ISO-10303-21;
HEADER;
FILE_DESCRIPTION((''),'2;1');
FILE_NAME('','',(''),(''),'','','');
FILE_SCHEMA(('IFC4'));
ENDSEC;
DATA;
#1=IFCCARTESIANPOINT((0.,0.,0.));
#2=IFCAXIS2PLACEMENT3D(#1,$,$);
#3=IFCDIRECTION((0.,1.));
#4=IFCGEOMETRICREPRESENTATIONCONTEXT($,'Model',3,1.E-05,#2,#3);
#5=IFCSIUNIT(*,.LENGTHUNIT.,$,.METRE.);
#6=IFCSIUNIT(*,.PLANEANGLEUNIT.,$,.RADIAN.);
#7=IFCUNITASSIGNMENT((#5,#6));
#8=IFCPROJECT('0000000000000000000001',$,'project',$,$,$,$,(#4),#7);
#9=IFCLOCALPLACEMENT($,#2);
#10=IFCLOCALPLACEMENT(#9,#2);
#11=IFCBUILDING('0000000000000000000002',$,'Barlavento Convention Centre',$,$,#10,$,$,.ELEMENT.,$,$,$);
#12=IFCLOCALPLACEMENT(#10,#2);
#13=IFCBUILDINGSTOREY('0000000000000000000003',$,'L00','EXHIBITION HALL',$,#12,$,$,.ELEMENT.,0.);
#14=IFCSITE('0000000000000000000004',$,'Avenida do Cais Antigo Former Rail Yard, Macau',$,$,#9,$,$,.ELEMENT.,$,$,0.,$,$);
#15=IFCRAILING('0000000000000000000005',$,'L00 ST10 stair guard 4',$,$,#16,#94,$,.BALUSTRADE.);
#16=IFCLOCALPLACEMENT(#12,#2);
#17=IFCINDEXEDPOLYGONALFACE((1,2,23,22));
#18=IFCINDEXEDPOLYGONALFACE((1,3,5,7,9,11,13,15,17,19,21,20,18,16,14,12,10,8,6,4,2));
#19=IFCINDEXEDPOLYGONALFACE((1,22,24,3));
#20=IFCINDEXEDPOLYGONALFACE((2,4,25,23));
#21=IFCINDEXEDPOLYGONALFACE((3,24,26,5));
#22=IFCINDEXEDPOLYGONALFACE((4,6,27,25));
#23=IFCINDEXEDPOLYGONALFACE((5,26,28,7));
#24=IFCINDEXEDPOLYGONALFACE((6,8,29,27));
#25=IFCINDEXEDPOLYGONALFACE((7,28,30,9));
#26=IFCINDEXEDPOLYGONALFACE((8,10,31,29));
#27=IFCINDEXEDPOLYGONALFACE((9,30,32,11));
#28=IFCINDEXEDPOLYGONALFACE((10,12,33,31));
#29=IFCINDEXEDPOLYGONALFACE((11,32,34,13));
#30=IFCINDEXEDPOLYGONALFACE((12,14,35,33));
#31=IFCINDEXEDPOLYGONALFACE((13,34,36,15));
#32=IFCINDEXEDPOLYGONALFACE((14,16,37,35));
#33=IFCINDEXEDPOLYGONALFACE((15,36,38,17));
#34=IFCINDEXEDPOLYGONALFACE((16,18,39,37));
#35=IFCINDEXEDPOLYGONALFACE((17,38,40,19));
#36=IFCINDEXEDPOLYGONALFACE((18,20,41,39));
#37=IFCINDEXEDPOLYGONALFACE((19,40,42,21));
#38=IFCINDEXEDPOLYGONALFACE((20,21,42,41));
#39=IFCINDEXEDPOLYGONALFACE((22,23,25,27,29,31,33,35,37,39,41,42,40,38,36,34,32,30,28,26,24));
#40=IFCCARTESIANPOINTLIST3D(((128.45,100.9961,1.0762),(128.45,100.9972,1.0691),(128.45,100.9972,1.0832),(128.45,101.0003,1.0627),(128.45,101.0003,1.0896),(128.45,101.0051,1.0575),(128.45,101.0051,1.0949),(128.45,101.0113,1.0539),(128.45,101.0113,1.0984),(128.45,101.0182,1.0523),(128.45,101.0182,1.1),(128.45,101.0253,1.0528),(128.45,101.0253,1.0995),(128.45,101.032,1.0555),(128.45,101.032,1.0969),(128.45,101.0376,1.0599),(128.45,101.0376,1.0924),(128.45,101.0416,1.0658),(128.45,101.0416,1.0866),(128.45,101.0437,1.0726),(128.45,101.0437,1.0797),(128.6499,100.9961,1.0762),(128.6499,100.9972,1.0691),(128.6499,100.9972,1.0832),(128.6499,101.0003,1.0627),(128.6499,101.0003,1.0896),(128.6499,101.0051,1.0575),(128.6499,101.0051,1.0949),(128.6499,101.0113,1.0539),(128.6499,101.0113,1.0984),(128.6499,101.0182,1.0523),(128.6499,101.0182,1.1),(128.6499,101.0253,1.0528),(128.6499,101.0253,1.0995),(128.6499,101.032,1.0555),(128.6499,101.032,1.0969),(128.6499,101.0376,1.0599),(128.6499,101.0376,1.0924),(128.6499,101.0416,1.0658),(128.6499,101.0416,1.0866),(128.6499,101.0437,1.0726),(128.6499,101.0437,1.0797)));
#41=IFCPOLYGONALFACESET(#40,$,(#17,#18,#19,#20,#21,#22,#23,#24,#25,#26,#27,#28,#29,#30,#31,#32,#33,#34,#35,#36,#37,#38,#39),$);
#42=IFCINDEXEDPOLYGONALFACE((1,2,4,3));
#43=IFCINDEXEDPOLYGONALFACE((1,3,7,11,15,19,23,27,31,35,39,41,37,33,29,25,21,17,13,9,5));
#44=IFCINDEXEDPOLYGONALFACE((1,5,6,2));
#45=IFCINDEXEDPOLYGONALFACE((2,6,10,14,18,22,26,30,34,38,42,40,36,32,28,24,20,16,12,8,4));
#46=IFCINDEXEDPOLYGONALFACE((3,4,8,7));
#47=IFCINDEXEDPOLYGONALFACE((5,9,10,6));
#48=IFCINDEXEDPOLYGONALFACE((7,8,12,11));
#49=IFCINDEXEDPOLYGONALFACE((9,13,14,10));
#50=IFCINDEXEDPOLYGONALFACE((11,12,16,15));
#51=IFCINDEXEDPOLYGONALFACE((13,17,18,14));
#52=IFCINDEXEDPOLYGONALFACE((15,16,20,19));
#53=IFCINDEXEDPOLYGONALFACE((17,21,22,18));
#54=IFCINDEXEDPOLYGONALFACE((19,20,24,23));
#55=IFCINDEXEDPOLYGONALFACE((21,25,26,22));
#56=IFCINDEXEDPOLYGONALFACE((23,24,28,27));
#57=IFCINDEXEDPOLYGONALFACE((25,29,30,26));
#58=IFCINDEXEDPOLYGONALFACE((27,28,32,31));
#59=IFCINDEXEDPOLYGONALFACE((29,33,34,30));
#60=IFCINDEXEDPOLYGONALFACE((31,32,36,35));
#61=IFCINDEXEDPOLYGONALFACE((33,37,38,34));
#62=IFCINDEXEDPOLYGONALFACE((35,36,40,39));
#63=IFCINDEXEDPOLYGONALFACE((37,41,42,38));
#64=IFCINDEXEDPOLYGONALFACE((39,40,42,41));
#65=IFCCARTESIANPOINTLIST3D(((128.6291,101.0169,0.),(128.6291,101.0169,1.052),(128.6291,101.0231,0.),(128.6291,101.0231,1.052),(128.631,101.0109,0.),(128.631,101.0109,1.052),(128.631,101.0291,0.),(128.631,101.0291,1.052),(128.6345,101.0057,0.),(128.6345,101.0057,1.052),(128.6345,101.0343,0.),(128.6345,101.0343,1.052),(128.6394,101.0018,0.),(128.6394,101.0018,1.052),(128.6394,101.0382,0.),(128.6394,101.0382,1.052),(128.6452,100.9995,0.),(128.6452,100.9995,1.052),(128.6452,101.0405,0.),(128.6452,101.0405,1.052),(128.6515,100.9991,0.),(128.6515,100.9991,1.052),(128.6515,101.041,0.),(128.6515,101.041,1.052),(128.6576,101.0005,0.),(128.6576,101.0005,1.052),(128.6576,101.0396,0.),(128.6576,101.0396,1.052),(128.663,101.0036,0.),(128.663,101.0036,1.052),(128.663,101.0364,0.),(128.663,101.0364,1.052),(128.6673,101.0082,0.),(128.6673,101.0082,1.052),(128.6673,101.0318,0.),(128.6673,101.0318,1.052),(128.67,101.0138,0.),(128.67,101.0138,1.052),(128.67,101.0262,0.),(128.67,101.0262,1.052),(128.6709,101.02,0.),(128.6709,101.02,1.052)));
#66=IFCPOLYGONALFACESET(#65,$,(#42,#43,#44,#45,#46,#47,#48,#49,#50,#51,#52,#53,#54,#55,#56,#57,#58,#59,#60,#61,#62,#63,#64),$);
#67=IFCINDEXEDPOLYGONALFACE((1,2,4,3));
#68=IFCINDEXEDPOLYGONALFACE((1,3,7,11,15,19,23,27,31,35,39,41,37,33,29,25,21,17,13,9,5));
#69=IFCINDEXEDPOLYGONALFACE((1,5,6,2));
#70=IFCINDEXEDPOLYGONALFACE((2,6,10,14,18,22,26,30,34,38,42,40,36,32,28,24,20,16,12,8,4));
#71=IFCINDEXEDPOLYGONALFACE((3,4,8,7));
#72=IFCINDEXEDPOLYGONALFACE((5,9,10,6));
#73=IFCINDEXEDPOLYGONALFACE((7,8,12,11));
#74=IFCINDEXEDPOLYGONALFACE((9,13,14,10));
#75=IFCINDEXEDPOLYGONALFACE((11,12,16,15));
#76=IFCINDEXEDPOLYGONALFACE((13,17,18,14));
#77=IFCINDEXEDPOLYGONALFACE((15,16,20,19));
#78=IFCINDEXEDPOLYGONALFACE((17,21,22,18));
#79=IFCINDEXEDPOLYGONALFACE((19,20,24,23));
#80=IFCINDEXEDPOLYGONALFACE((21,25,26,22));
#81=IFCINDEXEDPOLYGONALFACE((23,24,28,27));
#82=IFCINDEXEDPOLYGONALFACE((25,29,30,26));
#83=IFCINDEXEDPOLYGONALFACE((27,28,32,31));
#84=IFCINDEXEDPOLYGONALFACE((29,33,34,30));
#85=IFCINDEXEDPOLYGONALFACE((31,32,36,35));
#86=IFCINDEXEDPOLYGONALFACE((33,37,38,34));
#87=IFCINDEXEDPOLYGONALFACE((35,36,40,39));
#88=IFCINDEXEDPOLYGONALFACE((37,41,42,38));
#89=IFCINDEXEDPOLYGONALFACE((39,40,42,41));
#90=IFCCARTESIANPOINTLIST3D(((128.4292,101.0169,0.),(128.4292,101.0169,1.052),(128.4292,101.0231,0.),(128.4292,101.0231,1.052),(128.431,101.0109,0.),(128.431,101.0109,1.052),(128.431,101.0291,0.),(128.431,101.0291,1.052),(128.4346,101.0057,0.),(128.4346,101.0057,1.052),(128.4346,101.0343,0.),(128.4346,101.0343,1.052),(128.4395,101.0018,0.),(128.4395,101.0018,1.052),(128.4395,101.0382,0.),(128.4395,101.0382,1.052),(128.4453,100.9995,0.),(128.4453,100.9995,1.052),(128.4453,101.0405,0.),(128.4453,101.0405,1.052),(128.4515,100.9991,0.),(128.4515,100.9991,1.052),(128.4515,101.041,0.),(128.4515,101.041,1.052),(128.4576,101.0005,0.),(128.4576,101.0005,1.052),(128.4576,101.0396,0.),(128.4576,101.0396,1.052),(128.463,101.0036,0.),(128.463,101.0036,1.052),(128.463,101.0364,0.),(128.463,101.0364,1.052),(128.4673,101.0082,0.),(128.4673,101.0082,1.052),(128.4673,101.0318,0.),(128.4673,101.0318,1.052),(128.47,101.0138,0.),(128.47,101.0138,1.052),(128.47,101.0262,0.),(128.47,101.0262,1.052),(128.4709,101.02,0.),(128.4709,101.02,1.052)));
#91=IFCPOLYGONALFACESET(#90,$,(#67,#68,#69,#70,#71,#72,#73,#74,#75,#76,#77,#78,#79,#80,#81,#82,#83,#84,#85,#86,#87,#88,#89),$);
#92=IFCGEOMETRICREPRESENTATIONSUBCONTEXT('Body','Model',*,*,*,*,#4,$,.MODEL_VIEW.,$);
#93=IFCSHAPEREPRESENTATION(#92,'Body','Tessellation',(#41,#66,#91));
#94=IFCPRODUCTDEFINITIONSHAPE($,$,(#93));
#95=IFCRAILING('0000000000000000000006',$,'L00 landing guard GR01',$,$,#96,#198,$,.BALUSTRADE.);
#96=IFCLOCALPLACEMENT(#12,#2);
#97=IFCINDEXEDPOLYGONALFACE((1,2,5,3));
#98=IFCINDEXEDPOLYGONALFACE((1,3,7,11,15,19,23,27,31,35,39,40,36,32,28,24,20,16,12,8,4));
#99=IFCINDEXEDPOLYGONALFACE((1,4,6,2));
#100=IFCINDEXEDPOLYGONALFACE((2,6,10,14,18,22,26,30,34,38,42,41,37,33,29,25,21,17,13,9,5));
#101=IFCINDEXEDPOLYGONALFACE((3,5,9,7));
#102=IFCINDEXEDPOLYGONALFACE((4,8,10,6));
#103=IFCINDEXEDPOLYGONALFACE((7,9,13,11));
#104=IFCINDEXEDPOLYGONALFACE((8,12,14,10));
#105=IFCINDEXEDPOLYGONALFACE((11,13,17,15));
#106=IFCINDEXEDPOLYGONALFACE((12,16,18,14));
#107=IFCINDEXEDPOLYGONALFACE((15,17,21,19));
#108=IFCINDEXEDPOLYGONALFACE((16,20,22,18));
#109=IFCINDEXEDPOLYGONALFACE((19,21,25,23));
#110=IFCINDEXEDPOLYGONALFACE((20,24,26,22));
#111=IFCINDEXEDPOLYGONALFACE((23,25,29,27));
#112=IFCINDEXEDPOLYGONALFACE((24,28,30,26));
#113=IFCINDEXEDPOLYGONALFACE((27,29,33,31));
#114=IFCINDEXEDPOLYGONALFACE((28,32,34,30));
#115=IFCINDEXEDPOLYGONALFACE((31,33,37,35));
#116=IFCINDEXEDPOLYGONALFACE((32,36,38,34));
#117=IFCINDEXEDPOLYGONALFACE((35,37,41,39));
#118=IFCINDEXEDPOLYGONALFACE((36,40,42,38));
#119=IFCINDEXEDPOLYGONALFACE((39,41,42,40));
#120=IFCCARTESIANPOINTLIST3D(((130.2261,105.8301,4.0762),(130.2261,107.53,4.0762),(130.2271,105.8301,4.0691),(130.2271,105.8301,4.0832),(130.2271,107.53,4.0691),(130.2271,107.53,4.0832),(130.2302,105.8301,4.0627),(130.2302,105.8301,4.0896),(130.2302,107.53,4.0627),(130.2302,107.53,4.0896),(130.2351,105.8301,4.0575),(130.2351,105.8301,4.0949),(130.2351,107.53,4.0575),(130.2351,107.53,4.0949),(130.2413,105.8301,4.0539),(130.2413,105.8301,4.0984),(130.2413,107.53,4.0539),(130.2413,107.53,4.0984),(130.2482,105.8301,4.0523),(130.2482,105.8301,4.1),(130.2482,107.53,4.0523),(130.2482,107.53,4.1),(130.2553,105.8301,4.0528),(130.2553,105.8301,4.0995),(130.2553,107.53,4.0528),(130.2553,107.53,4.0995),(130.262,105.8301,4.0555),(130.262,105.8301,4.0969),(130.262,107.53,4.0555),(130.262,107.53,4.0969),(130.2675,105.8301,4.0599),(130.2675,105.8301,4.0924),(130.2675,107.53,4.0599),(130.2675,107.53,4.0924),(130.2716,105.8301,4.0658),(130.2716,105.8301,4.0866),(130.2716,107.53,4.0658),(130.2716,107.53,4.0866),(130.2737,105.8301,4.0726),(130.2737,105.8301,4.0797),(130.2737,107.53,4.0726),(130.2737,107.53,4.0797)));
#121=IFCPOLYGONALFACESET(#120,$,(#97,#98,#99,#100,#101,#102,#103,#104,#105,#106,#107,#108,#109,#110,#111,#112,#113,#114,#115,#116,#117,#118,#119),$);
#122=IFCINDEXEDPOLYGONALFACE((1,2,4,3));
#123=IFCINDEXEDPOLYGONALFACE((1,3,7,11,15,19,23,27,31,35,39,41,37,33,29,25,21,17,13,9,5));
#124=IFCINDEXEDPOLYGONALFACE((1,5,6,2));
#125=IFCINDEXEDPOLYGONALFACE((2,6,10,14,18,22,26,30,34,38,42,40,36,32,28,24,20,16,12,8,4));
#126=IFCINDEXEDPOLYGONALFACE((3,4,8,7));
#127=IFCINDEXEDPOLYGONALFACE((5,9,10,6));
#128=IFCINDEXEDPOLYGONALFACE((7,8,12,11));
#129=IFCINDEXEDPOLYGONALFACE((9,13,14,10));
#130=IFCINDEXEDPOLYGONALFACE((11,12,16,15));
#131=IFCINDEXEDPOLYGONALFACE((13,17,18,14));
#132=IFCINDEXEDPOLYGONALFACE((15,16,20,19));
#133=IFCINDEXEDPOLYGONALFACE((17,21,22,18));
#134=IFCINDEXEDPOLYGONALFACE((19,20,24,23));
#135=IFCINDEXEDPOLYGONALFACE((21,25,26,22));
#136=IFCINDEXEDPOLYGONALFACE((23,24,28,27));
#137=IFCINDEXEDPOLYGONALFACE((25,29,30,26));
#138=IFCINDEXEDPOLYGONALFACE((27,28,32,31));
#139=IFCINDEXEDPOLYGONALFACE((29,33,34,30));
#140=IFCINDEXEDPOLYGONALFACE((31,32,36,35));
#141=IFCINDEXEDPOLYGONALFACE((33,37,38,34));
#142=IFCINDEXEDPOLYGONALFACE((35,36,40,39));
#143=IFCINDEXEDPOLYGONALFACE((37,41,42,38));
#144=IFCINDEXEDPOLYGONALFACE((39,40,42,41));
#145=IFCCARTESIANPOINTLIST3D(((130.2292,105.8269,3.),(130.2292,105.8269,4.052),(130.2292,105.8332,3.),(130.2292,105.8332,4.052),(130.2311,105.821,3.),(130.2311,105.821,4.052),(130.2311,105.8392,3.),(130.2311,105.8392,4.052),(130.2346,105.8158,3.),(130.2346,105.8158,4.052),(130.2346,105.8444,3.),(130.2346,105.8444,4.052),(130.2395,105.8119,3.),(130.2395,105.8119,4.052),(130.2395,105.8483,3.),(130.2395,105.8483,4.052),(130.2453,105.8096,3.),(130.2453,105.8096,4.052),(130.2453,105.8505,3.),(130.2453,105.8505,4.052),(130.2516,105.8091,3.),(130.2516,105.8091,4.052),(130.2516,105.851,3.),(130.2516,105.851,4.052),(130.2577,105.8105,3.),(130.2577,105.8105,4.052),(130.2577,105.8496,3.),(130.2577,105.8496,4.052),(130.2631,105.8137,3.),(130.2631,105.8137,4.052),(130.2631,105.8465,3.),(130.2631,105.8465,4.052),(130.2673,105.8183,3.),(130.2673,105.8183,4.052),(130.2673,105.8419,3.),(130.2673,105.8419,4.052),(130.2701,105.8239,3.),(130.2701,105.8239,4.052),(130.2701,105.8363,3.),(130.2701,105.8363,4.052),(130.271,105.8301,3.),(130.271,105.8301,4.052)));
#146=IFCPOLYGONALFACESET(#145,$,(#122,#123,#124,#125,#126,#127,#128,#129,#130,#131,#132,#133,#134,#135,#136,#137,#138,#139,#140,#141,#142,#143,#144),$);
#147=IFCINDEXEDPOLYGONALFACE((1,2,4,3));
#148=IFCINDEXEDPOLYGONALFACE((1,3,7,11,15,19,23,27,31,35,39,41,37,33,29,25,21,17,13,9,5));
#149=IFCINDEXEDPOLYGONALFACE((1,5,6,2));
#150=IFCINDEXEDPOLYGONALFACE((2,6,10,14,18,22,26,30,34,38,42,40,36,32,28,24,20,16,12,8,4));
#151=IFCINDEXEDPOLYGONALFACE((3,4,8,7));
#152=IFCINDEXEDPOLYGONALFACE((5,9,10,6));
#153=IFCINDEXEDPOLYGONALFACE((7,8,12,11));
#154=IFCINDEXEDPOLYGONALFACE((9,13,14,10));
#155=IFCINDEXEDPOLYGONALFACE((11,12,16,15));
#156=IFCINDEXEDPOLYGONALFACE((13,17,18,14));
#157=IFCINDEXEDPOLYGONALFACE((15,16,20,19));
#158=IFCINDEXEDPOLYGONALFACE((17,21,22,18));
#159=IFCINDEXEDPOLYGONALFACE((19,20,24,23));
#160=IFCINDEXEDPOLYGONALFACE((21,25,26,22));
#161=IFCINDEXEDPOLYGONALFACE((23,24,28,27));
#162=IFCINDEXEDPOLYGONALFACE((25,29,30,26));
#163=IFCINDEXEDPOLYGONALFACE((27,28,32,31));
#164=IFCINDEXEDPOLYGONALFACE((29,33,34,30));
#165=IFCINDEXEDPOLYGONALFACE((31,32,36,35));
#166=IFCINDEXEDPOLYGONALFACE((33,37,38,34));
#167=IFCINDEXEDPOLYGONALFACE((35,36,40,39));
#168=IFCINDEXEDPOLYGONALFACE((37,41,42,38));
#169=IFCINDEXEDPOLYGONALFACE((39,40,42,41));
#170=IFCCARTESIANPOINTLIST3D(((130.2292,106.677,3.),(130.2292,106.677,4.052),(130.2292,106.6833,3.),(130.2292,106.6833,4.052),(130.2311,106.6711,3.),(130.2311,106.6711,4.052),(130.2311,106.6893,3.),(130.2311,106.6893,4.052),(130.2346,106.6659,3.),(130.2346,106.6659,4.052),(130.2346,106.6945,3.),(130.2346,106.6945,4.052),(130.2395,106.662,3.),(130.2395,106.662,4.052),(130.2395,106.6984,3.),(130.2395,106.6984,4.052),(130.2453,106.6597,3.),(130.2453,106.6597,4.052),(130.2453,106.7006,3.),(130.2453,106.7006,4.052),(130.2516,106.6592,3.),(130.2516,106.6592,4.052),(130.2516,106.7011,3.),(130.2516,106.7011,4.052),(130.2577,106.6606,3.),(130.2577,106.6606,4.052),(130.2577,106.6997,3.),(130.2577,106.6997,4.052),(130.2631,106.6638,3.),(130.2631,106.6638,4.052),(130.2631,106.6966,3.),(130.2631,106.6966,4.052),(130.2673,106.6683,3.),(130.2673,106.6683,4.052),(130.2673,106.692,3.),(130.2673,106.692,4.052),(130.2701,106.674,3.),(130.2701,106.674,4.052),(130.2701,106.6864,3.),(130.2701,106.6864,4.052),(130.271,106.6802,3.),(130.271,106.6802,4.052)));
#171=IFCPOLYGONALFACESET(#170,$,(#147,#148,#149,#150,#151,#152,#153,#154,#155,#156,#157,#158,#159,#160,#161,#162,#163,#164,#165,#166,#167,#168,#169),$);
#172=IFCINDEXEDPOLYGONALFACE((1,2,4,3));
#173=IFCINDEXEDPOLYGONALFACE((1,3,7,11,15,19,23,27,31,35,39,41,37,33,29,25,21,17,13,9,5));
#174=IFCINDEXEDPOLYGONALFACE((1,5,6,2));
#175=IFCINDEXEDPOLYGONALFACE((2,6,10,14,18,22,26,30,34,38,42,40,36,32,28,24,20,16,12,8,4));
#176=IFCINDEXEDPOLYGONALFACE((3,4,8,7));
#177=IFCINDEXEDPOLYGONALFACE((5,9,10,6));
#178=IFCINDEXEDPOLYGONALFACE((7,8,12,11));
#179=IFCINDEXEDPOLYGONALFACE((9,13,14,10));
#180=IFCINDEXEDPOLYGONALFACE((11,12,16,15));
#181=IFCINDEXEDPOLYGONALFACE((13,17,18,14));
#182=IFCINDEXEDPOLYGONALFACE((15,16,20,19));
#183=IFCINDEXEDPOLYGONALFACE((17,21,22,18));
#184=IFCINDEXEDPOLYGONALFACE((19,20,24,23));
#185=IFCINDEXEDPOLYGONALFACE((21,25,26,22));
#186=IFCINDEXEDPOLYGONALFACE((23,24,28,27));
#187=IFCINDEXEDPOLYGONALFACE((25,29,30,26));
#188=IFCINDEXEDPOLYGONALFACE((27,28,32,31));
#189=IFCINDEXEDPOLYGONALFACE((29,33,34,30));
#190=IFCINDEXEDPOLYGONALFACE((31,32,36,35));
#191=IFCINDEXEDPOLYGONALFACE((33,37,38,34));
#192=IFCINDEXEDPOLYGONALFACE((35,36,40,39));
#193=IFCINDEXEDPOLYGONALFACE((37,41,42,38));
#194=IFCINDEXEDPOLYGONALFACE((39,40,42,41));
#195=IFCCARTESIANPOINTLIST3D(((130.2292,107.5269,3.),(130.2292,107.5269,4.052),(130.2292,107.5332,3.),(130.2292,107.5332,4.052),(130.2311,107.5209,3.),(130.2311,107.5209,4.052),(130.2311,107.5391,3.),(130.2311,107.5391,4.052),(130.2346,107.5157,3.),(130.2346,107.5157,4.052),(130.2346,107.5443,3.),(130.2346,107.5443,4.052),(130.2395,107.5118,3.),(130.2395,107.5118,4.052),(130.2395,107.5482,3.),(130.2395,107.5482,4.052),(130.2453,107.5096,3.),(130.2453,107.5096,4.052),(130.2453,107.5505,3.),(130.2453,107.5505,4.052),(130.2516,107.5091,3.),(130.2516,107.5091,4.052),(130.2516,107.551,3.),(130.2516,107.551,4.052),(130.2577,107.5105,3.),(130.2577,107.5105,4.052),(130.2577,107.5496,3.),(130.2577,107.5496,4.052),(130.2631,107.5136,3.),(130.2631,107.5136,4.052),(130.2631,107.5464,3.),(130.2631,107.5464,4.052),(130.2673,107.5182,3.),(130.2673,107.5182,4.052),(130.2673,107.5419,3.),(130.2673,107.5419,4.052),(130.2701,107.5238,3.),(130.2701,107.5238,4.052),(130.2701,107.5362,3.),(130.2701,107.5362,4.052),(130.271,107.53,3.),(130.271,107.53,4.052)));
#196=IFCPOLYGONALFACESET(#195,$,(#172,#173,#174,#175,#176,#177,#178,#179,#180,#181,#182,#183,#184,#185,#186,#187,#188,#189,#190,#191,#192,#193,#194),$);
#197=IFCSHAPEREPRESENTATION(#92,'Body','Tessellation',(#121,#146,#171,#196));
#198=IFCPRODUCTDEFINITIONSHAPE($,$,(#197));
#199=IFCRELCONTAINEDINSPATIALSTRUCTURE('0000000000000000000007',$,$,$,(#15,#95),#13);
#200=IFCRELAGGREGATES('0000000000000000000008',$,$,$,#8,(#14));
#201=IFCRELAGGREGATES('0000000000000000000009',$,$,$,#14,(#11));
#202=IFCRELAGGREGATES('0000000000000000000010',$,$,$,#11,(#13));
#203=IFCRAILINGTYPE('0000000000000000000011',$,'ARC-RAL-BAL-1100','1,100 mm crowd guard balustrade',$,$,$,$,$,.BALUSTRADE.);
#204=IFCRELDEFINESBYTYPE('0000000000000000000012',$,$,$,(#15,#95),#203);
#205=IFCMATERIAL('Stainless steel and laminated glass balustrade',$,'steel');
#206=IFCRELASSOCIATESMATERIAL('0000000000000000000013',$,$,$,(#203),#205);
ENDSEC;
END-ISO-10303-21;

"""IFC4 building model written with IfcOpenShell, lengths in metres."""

from ifc_helpers import new_model, si_unit, direction, frame, origin, origin_2d, place, context, subcontext, project, spatial, circle, extrude, material, type_object, element, save


model = new_model("IFC4")

# Units and contexts
model_context = context("Model", 3, precision=1e-05, world=origin(), true_north=direction((0.0, 1.0)))
body_context = subcontext(model_context, "Body", "Model", "MODEL_VIEW")
ifc_project = project(units=[si_unit("LENGTHUNIT", "METRE"), si_unit("PLANEANGLEUNIT", "RADIAN")], contexts=[model_context])

# Site, building, storey
site_placement = place(None, origin())
site = spatial("IfcSite", under=ifc_project, at=site_placement, Name="Avenida do Cais Antigo Former Rail Yard, Macau", CompositionType="ELEMENT", RefElevation=0.0)
building_placement = place(site_placement, origin())
building = spatial("IfcBuilding", under=site, at=building_placement, Name="Barlavento Convention Centre", CompositionType="ELEMENT")
storey_placement = place(building_placement, origin())
storey = spatial("IfcBuildingStorey", under=building, at=storey_placement, Name="L00", Description="EXHIBITION HALL", CompositionType="ELEMENT", Elevation=0.0)

# Railings
ifc_material_1 = material(Name="Stainless steel and laminated glass balustrade", Category="steel")
railing_type_1 = type_object("IfcRailingType", Name="ARC-RAL-BAL-1100", Description="1,100 mm crowd guard balustrade", PredefinedType="BALUSTRADE", material=ifc_material_1)
railing_1_placement = place(storey_placement, frame((128.6499, 101.02, 0.0)))
element("IfcRailing", 1, at=railing_1_placement, inside=storey, type_object=railing_type_1, Name="L00 ST10 stair guard 4", PredefinedType="BALUSTRADE", context=body_context, shape_type="SweptSolid", body=[
    extrude(circle(Radius=0.0239, at=origin_2d()), frame((0.0, 0.0, 1.0762), z_axis=(-1.0, 0.0, 0.0), x_axis=(0.0, -1.0, 0.0)), (0.0, 0.0, 1.0), 0.2),
    extrude(circle(Radius=0.021, at=origin_2d()), origin(), (0.0, 0.0, 1.0), 1.052),
    extrude(circle(Radius=0.021, at=origin_2d()), frame((-0.2, 0.0, 0.0)), (0.0, 0.0, 1.0), 1.052),
])
for number, where, name in (
    (2, (130.25, 105.8301, 3.0), "L00 landing guard GR01"),
):
    element("IfcRailing", number, at=place(storey_placement, frame(where)), inside=storey, type_object=railing_type_1, Name=name, PredefinedType="BALUSTRADE", context=body_context, shape_type="SweptSolid", body=[
        extrude(circle(Radius=0.0239, at=origin_2d()), frame((0.0, 0.0, 1.0762), z_axis=(0.0, 1.0, 0.0), x_axis=(-1.0, 0.0, 0.0)), (0.0, 0.0, 1.0), 1.7),
        extrude(circle(Radius=0.021, at=origin_2d()), origin(), (0.0, 0.0, 1.0), 1.052),
        extrude(circle(Radius=0.021, at=origin_2d()), frame((0.0, 0.8501, 0.0)), (0.0, 0.0, 1.0), 1.052),
        extrude(circle(Radius=0.021, at=origin_2d()), frame((0.0, 1.7, 0.0)), (0.0, 0.0, 1.0), 1.052),
    ])

save(model, "model.ifc")
